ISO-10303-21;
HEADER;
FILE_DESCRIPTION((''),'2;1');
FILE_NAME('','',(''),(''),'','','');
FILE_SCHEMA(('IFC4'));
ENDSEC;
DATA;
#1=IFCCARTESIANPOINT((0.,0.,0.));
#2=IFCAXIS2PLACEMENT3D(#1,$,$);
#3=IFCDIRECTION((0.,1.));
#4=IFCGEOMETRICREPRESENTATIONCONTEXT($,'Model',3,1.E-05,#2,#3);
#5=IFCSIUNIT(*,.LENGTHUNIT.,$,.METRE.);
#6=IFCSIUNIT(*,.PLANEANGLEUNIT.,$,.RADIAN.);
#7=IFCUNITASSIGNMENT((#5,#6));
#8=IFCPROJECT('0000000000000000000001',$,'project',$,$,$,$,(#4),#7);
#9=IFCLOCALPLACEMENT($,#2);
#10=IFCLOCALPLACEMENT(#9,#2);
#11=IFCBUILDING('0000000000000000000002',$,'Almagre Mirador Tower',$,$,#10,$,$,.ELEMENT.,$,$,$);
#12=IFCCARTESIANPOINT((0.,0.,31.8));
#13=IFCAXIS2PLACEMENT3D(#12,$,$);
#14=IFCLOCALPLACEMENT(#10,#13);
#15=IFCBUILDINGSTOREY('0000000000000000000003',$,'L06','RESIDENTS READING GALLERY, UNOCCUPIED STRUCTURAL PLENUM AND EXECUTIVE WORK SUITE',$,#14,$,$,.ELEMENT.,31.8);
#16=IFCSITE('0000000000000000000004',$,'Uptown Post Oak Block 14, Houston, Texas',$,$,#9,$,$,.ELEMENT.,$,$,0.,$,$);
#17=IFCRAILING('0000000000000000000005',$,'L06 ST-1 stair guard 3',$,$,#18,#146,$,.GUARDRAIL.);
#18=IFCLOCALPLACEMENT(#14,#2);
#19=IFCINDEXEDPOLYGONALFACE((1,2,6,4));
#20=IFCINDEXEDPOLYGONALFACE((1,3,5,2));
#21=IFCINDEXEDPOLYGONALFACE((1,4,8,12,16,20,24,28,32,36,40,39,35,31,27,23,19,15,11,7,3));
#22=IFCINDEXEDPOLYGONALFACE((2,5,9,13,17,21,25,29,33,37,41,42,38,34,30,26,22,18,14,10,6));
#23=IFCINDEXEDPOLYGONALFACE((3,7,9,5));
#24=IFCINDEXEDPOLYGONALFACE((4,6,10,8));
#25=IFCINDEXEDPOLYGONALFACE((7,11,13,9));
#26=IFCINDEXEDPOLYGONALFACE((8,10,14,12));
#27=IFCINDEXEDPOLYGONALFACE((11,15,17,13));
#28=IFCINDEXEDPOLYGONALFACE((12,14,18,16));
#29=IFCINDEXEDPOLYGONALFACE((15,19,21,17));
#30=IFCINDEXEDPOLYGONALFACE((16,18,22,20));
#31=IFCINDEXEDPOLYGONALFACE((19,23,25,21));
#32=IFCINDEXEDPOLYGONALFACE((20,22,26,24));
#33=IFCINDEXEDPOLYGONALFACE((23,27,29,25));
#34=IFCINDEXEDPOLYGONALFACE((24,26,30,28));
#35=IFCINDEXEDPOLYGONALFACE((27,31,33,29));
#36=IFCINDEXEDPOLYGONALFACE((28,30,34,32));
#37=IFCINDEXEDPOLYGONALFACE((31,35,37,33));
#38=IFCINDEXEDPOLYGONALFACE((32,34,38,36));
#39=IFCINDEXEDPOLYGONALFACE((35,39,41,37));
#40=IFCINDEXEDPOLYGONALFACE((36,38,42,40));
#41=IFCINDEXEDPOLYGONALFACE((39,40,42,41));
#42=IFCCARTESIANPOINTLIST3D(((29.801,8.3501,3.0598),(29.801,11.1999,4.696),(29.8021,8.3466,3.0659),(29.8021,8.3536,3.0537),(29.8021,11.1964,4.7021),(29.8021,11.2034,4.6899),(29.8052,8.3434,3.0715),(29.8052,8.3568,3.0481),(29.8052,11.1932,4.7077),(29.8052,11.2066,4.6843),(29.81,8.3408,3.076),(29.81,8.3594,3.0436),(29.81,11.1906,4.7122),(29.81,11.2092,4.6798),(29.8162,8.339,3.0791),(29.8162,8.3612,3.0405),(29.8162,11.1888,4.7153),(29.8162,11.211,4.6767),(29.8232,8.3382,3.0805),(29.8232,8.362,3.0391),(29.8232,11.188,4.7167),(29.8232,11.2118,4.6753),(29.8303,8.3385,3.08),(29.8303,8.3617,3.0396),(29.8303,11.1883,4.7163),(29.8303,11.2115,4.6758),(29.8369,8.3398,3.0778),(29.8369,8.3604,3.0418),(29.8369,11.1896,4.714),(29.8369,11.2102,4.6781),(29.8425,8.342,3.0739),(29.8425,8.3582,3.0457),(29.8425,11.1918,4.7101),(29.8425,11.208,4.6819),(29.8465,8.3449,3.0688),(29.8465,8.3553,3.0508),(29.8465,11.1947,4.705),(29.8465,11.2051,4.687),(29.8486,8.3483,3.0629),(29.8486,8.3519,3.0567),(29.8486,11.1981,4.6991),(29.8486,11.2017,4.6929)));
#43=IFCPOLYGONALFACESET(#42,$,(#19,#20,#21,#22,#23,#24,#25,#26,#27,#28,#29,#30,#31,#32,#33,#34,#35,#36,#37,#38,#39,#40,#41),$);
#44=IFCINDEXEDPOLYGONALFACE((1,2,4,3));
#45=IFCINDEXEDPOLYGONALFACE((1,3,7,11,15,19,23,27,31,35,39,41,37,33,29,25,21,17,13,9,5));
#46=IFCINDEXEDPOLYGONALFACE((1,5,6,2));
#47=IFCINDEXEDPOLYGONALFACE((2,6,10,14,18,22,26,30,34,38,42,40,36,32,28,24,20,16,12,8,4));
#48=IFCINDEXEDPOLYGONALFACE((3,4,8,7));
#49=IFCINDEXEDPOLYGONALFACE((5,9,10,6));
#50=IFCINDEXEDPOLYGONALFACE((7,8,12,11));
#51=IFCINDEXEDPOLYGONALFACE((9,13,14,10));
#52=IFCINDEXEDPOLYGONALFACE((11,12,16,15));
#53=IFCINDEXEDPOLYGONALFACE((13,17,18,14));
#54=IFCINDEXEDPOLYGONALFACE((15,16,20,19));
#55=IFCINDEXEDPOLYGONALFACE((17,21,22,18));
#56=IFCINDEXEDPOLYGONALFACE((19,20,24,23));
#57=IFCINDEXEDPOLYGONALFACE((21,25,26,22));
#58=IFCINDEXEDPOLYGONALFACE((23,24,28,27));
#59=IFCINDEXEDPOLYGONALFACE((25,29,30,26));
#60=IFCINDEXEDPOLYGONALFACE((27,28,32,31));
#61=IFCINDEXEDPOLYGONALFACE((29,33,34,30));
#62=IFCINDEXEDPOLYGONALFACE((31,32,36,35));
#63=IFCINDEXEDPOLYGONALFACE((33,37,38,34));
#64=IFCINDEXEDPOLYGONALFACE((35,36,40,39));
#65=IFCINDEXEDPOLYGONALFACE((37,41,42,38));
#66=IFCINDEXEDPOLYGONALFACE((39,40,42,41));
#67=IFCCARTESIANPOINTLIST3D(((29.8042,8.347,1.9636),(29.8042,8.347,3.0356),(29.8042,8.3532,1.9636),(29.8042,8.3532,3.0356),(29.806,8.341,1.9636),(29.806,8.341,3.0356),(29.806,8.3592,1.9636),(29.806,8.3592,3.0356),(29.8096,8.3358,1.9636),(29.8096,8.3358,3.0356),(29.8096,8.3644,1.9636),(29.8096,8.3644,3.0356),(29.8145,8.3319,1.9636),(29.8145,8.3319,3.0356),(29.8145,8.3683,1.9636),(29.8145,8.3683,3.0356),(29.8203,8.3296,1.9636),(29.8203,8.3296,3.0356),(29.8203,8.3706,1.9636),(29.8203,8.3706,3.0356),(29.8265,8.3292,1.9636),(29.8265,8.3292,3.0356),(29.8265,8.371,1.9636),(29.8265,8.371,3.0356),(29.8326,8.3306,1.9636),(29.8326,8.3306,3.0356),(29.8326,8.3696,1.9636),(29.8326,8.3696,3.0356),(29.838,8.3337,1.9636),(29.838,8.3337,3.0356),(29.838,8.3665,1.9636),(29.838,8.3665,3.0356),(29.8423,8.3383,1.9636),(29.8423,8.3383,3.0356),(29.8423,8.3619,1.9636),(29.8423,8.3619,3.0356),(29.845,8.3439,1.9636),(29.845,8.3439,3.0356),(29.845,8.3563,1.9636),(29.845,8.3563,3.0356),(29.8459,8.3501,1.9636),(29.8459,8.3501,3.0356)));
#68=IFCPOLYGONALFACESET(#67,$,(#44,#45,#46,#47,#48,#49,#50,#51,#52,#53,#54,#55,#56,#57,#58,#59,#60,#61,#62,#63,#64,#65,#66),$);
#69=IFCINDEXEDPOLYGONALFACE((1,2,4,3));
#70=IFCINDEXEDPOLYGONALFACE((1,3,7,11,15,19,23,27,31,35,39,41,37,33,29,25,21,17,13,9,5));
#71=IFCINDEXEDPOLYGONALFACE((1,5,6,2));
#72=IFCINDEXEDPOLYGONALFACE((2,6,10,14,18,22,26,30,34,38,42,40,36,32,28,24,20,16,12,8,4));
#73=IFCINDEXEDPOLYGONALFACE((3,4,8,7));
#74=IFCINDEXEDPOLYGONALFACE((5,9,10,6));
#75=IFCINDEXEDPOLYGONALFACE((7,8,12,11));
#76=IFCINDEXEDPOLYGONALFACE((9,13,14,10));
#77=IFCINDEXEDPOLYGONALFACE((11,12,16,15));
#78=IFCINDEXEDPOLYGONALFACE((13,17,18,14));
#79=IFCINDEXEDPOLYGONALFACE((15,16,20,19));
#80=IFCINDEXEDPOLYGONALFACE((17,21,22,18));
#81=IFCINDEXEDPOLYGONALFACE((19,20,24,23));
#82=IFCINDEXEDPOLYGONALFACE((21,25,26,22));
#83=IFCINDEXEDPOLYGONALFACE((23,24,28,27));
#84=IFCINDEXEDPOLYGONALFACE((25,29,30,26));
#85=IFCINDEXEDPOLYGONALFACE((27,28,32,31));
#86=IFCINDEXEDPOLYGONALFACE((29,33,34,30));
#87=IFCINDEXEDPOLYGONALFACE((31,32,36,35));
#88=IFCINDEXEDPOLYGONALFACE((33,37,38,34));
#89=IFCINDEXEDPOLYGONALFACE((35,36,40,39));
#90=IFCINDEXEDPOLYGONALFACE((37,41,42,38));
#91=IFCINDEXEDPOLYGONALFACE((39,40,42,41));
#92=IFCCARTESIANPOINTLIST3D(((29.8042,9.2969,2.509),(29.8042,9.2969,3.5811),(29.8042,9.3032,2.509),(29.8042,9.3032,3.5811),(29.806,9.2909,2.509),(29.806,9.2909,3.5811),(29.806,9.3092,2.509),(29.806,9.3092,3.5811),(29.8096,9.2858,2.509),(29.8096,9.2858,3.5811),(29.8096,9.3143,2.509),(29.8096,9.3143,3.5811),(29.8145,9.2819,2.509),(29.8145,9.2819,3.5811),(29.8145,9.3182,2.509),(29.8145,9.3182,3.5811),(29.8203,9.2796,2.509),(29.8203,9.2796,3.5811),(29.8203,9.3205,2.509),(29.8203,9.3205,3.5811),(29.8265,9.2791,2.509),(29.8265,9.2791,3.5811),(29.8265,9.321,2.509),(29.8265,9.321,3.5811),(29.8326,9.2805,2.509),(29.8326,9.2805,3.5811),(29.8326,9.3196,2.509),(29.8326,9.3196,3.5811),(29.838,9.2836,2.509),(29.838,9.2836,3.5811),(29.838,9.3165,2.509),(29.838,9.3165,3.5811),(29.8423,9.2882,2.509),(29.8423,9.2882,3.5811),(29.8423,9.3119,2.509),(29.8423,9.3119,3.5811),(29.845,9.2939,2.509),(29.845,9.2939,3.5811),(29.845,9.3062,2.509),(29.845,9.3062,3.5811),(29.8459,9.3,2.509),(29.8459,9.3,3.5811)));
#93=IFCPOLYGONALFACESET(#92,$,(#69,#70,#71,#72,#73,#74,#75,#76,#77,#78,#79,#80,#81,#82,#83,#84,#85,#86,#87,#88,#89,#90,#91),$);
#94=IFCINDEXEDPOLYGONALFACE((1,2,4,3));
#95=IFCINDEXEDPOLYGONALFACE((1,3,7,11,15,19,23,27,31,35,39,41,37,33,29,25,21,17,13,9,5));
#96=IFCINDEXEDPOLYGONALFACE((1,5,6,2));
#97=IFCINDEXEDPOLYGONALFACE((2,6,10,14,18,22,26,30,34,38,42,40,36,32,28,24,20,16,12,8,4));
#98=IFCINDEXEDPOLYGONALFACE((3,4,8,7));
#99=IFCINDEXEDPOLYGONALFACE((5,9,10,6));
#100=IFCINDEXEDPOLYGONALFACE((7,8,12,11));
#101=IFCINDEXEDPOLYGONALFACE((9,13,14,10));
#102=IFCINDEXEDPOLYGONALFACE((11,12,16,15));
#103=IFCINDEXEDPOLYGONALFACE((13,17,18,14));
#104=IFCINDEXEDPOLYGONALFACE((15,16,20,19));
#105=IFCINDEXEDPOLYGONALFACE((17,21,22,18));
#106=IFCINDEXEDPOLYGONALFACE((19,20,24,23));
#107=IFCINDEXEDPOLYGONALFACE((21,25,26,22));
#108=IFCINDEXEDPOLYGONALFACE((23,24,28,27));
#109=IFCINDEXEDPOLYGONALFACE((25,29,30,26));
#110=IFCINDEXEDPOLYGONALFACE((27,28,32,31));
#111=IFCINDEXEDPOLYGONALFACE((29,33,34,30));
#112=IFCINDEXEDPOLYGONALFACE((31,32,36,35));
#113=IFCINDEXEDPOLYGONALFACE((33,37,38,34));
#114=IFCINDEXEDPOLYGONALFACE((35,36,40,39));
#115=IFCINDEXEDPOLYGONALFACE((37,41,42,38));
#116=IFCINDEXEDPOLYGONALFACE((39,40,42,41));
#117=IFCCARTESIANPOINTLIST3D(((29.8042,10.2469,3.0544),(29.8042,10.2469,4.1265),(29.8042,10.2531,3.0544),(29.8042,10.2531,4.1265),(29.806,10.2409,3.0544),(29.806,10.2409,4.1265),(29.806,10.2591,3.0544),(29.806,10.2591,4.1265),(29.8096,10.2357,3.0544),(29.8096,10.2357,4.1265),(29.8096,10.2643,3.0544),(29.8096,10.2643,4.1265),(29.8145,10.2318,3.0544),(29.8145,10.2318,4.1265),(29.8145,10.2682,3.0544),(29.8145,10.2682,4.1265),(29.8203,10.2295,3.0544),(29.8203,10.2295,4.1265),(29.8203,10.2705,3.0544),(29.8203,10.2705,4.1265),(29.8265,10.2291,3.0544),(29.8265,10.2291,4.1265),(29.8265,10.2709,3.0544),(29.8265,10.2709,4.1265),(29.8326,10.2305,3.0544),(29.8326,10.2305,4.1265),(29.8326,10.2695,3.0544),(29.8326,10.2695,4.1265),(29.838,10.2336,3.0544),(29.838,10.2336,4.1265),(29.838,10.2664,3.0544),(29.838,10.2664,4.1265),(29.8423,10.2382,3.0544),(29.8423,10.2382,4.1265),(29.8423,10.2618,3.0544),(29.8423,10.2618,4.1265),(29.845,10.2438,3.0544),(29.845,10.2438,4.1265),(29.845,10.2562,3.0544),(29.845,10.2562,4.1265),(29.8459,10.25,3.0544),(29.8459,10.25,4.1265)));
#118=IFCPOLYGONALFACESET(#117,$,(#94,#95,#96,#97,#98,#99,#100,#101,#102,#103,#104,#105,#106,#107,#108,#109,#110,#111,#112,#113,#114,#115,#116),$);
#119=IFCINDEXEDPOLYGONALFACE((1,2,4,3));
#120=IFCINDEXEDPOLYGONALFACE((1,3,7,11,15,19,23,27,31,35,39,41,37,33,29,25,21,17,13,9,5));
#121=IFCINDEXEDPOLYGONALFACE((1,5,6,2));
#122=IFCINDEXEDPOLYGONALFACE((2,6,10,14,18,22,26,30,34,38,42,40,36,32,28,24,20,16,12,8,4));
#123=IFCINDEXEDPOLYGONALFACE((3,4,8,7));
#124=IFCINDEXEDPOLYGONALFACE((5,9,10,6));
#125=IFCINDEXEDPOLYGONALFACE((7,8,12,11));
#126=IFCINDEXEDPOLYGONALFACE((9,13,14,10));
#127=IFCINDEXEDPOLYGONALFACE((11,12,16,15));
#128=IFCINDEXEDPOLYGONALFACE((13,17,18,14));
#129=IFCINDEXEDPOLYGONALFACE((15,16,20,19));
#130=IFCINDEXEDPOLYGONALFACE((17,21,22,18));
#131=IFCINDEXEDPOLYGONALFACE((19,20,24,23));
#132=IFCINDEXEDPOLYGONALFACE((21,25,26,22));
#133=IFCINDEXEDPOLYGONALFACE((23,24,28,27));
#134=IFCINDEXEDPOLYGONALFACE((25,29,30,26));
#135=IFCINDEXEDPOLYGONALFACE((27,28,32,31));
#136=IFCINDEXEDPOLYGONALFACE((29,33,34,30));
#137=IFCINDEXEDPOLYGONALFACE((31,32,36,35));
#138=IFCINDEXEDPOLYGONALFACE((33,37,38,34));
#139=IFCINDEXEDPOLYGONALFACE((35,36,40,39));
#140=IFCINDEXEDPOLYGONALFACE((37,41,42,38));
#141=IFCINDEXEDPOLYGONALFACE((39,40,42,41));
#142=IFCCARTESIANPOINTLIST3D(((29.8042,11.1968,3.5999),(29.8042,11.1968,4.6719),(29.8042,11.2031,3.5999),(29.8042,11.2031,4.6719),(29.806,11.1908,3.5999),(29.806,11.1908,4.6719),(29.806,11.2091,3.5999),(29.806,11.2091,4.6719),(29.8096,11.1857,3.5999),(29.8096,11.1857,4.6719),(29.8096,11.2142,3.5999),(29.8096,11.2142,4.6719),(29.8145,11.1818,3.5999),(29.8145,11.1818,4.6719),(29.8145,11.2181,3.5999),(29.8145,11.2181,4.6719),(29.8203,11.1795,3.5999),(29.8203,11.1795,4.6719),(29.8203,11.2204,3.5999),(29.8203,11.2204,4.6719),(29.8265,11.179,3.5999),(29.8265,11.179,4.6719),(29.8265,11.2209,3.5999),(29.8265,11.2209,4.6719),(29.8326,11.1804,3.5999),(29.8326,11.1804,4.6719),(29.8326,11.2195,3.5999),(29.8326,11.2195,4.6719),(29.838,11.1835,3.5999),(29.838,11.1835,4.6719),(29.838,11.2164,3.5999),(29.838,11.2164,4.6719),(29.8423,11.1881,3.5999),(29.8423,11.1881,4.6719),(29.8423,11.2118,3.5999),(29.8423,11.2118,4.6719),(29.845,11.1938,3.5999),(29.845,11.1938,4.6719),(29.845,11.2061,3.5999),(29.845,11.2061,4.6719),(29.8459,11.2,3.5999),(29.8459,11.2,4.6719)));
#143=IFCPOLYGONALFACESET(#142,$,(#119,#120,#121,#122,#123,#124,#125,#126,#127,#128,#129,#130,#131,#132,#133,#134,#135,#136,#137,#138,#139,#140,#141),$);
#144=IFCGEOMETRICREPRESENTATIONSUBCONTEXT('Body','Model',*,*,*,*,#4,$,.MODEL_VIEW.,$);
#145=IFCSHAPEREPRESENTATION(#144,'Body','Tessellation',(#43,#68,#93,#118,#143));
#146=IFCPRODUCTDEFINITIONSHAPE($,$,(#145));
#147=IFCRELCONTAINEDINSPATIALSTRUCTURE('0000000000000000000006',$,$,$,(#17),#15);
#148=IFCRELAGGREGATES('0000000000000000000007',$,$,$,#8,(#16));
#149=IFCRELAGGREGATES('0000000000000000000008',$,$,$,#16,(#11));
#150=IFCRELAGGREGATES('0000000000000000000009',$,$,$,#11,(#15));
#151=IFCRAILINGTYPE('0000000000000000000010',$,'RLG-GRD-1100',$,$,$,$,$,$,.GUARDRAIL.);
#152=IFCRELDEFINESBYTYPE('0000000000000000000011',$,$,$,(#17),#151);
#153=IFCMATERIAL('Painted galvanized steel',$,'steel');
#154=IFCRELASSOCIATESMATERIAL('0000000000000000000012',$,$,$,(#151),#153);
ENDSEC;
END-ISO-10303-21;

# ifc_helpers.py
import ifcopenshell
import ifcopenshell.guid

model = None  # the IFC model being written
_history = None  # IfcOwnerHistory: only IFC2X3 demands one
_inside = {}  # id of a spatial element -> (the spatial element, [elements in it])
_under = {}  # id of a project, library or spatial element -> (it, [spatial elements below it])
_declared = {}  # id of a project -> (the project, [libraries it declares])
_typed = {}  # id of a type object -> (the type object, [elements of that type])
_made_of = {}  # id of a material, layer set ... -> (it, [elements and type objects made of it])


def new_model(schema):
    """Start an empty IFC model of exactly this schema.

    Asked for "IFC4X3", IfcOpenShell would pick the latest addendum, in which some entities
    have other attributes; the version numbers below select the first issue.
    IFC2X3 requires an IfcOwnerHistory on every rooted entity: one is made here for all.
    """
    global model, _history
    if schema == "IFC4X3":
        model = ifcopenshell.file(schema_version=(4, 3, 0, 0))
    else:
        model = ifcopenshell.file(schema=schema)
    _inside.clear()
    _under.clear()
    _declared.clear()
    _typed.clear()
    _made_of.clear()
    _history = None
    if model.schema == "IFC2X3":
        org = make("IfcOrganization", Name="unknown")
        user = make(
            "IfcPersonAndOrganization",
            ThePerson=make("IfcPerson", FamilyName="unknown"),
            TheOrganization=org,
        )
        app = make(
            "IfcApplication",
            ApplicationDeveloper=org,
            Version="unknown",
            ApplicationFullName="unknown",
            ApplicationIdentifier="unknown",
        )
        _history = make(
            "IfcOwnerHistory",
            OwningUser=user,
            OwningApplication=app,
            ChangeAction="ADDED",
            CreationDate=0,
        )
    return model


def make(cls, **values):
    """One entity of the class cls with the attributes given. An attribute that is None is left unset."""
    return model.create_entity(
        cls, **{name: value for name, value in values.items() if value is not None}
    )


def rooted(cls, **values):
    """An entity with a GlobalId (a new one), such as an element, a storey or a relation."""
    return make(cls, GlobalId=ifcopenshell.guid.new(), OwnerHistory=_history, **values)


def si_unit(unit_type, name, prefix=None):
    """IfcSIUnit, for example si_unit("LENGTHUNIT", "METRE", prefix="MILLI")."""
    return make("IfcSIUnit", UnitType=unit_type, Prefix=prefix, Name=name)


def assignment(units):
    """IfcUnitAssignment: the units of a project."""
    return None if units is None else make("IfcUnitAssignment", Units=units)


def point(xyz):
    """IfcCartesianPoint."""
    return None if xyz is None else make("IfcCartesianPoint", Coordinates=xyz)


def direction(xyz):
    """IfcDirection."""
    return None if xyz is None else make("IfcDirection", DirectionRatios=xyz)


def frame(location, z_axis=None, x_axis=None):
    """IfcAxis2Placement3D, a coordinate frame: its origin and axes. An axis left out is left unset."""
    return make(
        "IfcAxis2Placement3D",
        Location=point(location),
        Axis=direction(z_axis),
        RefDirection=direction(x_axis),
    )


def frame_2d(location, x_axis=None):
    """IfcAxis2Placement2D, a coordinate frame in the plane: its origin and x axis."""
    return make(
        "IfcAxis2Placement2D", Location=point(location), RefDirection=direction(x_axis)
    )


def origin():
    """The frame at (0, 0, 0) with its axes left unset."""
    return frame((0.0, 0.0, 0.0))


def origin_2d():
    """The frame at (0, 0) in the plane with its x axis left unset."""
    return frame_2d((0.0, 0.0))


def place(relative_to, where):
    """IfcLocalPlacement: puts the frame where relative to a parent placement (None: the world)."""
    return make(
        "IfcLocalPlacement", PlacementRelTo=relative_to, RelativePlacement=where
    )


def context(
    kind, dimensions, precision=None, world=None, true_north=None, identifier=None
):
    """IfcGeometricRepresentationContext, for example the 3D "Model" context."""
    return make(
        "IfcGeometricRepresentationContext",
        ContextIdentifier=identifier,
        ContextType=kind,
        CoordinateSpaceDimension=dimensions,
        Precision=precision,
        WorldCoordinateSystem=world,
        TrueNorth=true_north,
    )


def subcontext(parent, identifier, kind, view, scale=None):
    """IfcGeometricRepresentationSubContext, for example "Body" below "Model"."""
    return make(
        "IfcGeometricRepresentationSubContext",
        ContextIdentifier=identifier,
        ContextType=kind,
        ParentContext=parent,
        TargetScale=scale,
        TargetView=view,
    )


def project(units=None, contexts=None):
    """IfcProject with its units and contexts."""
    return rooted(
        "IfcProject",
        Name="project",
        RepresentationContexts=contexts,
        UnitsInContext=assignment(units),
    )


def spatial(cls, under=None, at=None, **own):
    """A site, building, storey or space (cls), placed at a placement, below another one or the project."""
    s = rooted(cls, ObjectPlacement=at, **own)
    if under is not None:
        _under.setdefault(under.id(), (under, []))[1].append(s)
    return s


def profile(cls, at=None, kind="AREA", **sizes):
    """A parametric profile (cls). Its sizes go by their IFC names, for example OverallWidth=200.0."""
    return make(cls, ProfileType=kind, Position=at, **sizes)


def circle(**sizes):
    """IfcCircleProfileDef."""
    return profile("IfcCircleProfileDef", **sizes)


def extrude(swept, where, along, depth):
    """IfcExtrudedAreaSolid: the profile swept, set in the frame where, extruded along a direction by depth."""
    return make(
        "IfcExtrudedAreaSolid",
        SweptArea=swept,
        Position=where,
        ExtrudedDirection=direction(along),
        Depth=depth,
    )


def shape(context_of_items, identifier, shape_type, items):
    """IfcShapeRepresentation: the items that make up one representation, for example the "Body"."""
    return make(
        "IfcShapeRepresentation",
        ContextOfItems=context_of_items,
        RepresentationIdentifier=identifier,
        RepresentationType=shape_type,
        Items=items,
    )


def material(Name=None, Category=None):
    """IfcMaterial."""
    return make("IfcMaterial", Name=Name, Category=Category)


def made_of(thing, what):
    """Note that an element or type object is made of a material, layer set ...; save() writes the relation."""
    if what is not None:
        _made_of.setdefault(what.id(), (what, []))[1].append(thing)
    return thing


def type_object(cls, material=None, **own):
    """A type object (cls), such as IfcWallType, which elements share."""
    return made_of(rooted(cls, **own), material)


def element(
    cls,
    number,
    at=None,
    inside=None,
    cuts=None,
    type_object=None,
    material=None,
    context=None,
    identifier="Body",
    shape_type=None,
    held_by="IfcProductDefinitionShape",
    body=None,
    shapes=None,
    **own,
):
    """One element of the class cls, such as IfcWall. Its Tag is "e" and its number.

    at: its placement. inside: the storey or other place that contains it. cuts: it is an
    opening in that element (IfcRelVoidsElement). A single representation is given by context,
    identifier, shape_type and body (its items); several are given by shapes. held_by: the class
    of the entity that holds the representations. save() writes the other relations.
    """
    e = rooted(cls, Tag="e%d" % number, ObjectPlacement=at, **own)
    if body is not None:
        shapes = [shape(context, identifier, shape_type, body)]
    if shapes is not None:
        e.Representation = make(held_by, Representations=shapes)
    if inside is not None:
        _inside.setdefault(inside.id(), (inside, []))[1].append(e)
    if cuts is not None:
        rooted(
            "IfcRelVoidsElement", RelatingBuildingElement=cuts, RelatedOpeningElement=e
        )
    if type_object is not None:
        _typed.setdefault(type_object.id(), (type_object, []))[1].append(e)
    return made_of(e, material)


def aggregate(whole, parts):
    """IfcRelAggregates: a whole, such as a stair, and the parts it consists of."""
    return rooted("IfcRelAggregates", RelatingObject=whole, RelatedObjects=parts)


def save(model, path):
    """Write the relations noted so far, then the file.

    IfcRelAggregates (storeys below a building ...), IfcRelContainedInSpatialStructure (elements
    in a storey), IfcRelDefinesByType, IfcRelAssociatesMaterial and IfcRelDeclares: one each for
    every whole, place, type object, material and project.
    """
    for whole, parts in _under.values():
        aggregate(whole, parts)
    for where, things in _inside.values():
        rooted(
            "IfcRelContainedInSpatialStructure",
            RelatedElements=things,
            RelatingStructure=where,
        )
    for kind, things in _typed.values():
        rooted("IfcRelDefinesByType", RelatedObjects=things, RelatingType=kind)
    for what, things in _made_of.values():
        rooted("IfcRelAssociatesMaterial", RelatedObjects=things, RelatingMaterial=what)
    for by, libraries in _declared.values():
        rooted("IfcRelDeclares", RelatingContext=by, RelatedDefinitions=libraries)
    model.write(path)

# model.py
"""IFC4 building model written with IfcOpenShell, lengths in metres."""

from ifc_helpers import new_model, si_unit, direction, frame, origin, origin_2d, place, context, subcontext, project, spatial, circle, extrude, material, type_object, element, save


model = new_model("IFC4")

# Units and contexts
model_context = context("Model", 3, precision=1e-05, world=origin(), true_north=direction((0.0, 1.0)))
body_context = subcontext(model_context, "Body", "Model", "MODEL_VIEW")
ifc_project = project(units=[si_unit("LENGTHUNIT", "METRE"), si_unit("PLANEANGLEUNIT", "RADIAN")], contexts=[model_context])

# Site, building, storey
site_placement = place(None, origin())
site = spatial("IfcSite", under=ifc_project, at=site_placement, Name="Uptown Post Oak Block 14, Houston, Texas", CompositionType="ELEMENT", RefElevation=0.0)
building_placement = place(site_placement, origin())
building = spatial("IfcBuilding", under=site, at=building_placement, Name="Almagre Mirador Tower", CompositionType="ELEMENT")
storey_placement = place(building_placement, frame((0.0, 0.0, 31.8)))
storey = spatial("IfcBuildingStorey", under=building, at=storey_placement, Name="L06", Description="RESIDENTS READING GALLERY, UNOCCUPIED STRUCTURAL PLENUM AND EXECUTIVE WORK SUITE", CompositionType="ELEMENT", Elevation=31.8)

# Railing
ifc_material_1 = material(Name="Painted galvanized steel", Category="steel")
railing_type_1 = type_object("IfcRailingType", Name="RLG-GRD-1100", PredefinedType="GUARDRAIL", material=ifc_material_1)
railing_1_placement = place(storey_placement, frame((29.825, 8.3501, 1.9636)))
element("IfcRailing", 1, at=railing_1_placement, inside=storey, type_object=railing_type_1, Name="L06 ST-1 stair guard 3", PredefinedType="GUARDRAIL", context=body_context, shape_type="SweptSolid", body=[
    extrude(circle(Radius=0.0239, at=origin_2d()), frame((0.0, 0.0, 1.0962), z_axis=(0.0, 0.867226, 0.497914), x_axis=(-1.0, 0.0, 0.0)), (0.0, 0.0, 1.0), 3.2861),
    extrude(circle(Radius=0.021, at=origin_2d()), origin(), (0.0, 0.0, 1.0), 1.072),
    extrude(circle(Radius=0.021, at=origin_2d()), frame((0.0, 0.95, 0.5454)), (0.0, 0.0, 1.0), 1.072),
    extrude(circle(Radius=0.021, at=origin_2d()), frame((0.0, 1.8999, 1.0908)), (0.0, 0.0, 1.0), 1.072),
    extrude(circle(Radius=0.021, at=origin_2d()), frame((0.0, 2.8499, 1.6362)), (0.0, 0.0, 1.0), 1.072),
])

save(model, "model.ifc")
